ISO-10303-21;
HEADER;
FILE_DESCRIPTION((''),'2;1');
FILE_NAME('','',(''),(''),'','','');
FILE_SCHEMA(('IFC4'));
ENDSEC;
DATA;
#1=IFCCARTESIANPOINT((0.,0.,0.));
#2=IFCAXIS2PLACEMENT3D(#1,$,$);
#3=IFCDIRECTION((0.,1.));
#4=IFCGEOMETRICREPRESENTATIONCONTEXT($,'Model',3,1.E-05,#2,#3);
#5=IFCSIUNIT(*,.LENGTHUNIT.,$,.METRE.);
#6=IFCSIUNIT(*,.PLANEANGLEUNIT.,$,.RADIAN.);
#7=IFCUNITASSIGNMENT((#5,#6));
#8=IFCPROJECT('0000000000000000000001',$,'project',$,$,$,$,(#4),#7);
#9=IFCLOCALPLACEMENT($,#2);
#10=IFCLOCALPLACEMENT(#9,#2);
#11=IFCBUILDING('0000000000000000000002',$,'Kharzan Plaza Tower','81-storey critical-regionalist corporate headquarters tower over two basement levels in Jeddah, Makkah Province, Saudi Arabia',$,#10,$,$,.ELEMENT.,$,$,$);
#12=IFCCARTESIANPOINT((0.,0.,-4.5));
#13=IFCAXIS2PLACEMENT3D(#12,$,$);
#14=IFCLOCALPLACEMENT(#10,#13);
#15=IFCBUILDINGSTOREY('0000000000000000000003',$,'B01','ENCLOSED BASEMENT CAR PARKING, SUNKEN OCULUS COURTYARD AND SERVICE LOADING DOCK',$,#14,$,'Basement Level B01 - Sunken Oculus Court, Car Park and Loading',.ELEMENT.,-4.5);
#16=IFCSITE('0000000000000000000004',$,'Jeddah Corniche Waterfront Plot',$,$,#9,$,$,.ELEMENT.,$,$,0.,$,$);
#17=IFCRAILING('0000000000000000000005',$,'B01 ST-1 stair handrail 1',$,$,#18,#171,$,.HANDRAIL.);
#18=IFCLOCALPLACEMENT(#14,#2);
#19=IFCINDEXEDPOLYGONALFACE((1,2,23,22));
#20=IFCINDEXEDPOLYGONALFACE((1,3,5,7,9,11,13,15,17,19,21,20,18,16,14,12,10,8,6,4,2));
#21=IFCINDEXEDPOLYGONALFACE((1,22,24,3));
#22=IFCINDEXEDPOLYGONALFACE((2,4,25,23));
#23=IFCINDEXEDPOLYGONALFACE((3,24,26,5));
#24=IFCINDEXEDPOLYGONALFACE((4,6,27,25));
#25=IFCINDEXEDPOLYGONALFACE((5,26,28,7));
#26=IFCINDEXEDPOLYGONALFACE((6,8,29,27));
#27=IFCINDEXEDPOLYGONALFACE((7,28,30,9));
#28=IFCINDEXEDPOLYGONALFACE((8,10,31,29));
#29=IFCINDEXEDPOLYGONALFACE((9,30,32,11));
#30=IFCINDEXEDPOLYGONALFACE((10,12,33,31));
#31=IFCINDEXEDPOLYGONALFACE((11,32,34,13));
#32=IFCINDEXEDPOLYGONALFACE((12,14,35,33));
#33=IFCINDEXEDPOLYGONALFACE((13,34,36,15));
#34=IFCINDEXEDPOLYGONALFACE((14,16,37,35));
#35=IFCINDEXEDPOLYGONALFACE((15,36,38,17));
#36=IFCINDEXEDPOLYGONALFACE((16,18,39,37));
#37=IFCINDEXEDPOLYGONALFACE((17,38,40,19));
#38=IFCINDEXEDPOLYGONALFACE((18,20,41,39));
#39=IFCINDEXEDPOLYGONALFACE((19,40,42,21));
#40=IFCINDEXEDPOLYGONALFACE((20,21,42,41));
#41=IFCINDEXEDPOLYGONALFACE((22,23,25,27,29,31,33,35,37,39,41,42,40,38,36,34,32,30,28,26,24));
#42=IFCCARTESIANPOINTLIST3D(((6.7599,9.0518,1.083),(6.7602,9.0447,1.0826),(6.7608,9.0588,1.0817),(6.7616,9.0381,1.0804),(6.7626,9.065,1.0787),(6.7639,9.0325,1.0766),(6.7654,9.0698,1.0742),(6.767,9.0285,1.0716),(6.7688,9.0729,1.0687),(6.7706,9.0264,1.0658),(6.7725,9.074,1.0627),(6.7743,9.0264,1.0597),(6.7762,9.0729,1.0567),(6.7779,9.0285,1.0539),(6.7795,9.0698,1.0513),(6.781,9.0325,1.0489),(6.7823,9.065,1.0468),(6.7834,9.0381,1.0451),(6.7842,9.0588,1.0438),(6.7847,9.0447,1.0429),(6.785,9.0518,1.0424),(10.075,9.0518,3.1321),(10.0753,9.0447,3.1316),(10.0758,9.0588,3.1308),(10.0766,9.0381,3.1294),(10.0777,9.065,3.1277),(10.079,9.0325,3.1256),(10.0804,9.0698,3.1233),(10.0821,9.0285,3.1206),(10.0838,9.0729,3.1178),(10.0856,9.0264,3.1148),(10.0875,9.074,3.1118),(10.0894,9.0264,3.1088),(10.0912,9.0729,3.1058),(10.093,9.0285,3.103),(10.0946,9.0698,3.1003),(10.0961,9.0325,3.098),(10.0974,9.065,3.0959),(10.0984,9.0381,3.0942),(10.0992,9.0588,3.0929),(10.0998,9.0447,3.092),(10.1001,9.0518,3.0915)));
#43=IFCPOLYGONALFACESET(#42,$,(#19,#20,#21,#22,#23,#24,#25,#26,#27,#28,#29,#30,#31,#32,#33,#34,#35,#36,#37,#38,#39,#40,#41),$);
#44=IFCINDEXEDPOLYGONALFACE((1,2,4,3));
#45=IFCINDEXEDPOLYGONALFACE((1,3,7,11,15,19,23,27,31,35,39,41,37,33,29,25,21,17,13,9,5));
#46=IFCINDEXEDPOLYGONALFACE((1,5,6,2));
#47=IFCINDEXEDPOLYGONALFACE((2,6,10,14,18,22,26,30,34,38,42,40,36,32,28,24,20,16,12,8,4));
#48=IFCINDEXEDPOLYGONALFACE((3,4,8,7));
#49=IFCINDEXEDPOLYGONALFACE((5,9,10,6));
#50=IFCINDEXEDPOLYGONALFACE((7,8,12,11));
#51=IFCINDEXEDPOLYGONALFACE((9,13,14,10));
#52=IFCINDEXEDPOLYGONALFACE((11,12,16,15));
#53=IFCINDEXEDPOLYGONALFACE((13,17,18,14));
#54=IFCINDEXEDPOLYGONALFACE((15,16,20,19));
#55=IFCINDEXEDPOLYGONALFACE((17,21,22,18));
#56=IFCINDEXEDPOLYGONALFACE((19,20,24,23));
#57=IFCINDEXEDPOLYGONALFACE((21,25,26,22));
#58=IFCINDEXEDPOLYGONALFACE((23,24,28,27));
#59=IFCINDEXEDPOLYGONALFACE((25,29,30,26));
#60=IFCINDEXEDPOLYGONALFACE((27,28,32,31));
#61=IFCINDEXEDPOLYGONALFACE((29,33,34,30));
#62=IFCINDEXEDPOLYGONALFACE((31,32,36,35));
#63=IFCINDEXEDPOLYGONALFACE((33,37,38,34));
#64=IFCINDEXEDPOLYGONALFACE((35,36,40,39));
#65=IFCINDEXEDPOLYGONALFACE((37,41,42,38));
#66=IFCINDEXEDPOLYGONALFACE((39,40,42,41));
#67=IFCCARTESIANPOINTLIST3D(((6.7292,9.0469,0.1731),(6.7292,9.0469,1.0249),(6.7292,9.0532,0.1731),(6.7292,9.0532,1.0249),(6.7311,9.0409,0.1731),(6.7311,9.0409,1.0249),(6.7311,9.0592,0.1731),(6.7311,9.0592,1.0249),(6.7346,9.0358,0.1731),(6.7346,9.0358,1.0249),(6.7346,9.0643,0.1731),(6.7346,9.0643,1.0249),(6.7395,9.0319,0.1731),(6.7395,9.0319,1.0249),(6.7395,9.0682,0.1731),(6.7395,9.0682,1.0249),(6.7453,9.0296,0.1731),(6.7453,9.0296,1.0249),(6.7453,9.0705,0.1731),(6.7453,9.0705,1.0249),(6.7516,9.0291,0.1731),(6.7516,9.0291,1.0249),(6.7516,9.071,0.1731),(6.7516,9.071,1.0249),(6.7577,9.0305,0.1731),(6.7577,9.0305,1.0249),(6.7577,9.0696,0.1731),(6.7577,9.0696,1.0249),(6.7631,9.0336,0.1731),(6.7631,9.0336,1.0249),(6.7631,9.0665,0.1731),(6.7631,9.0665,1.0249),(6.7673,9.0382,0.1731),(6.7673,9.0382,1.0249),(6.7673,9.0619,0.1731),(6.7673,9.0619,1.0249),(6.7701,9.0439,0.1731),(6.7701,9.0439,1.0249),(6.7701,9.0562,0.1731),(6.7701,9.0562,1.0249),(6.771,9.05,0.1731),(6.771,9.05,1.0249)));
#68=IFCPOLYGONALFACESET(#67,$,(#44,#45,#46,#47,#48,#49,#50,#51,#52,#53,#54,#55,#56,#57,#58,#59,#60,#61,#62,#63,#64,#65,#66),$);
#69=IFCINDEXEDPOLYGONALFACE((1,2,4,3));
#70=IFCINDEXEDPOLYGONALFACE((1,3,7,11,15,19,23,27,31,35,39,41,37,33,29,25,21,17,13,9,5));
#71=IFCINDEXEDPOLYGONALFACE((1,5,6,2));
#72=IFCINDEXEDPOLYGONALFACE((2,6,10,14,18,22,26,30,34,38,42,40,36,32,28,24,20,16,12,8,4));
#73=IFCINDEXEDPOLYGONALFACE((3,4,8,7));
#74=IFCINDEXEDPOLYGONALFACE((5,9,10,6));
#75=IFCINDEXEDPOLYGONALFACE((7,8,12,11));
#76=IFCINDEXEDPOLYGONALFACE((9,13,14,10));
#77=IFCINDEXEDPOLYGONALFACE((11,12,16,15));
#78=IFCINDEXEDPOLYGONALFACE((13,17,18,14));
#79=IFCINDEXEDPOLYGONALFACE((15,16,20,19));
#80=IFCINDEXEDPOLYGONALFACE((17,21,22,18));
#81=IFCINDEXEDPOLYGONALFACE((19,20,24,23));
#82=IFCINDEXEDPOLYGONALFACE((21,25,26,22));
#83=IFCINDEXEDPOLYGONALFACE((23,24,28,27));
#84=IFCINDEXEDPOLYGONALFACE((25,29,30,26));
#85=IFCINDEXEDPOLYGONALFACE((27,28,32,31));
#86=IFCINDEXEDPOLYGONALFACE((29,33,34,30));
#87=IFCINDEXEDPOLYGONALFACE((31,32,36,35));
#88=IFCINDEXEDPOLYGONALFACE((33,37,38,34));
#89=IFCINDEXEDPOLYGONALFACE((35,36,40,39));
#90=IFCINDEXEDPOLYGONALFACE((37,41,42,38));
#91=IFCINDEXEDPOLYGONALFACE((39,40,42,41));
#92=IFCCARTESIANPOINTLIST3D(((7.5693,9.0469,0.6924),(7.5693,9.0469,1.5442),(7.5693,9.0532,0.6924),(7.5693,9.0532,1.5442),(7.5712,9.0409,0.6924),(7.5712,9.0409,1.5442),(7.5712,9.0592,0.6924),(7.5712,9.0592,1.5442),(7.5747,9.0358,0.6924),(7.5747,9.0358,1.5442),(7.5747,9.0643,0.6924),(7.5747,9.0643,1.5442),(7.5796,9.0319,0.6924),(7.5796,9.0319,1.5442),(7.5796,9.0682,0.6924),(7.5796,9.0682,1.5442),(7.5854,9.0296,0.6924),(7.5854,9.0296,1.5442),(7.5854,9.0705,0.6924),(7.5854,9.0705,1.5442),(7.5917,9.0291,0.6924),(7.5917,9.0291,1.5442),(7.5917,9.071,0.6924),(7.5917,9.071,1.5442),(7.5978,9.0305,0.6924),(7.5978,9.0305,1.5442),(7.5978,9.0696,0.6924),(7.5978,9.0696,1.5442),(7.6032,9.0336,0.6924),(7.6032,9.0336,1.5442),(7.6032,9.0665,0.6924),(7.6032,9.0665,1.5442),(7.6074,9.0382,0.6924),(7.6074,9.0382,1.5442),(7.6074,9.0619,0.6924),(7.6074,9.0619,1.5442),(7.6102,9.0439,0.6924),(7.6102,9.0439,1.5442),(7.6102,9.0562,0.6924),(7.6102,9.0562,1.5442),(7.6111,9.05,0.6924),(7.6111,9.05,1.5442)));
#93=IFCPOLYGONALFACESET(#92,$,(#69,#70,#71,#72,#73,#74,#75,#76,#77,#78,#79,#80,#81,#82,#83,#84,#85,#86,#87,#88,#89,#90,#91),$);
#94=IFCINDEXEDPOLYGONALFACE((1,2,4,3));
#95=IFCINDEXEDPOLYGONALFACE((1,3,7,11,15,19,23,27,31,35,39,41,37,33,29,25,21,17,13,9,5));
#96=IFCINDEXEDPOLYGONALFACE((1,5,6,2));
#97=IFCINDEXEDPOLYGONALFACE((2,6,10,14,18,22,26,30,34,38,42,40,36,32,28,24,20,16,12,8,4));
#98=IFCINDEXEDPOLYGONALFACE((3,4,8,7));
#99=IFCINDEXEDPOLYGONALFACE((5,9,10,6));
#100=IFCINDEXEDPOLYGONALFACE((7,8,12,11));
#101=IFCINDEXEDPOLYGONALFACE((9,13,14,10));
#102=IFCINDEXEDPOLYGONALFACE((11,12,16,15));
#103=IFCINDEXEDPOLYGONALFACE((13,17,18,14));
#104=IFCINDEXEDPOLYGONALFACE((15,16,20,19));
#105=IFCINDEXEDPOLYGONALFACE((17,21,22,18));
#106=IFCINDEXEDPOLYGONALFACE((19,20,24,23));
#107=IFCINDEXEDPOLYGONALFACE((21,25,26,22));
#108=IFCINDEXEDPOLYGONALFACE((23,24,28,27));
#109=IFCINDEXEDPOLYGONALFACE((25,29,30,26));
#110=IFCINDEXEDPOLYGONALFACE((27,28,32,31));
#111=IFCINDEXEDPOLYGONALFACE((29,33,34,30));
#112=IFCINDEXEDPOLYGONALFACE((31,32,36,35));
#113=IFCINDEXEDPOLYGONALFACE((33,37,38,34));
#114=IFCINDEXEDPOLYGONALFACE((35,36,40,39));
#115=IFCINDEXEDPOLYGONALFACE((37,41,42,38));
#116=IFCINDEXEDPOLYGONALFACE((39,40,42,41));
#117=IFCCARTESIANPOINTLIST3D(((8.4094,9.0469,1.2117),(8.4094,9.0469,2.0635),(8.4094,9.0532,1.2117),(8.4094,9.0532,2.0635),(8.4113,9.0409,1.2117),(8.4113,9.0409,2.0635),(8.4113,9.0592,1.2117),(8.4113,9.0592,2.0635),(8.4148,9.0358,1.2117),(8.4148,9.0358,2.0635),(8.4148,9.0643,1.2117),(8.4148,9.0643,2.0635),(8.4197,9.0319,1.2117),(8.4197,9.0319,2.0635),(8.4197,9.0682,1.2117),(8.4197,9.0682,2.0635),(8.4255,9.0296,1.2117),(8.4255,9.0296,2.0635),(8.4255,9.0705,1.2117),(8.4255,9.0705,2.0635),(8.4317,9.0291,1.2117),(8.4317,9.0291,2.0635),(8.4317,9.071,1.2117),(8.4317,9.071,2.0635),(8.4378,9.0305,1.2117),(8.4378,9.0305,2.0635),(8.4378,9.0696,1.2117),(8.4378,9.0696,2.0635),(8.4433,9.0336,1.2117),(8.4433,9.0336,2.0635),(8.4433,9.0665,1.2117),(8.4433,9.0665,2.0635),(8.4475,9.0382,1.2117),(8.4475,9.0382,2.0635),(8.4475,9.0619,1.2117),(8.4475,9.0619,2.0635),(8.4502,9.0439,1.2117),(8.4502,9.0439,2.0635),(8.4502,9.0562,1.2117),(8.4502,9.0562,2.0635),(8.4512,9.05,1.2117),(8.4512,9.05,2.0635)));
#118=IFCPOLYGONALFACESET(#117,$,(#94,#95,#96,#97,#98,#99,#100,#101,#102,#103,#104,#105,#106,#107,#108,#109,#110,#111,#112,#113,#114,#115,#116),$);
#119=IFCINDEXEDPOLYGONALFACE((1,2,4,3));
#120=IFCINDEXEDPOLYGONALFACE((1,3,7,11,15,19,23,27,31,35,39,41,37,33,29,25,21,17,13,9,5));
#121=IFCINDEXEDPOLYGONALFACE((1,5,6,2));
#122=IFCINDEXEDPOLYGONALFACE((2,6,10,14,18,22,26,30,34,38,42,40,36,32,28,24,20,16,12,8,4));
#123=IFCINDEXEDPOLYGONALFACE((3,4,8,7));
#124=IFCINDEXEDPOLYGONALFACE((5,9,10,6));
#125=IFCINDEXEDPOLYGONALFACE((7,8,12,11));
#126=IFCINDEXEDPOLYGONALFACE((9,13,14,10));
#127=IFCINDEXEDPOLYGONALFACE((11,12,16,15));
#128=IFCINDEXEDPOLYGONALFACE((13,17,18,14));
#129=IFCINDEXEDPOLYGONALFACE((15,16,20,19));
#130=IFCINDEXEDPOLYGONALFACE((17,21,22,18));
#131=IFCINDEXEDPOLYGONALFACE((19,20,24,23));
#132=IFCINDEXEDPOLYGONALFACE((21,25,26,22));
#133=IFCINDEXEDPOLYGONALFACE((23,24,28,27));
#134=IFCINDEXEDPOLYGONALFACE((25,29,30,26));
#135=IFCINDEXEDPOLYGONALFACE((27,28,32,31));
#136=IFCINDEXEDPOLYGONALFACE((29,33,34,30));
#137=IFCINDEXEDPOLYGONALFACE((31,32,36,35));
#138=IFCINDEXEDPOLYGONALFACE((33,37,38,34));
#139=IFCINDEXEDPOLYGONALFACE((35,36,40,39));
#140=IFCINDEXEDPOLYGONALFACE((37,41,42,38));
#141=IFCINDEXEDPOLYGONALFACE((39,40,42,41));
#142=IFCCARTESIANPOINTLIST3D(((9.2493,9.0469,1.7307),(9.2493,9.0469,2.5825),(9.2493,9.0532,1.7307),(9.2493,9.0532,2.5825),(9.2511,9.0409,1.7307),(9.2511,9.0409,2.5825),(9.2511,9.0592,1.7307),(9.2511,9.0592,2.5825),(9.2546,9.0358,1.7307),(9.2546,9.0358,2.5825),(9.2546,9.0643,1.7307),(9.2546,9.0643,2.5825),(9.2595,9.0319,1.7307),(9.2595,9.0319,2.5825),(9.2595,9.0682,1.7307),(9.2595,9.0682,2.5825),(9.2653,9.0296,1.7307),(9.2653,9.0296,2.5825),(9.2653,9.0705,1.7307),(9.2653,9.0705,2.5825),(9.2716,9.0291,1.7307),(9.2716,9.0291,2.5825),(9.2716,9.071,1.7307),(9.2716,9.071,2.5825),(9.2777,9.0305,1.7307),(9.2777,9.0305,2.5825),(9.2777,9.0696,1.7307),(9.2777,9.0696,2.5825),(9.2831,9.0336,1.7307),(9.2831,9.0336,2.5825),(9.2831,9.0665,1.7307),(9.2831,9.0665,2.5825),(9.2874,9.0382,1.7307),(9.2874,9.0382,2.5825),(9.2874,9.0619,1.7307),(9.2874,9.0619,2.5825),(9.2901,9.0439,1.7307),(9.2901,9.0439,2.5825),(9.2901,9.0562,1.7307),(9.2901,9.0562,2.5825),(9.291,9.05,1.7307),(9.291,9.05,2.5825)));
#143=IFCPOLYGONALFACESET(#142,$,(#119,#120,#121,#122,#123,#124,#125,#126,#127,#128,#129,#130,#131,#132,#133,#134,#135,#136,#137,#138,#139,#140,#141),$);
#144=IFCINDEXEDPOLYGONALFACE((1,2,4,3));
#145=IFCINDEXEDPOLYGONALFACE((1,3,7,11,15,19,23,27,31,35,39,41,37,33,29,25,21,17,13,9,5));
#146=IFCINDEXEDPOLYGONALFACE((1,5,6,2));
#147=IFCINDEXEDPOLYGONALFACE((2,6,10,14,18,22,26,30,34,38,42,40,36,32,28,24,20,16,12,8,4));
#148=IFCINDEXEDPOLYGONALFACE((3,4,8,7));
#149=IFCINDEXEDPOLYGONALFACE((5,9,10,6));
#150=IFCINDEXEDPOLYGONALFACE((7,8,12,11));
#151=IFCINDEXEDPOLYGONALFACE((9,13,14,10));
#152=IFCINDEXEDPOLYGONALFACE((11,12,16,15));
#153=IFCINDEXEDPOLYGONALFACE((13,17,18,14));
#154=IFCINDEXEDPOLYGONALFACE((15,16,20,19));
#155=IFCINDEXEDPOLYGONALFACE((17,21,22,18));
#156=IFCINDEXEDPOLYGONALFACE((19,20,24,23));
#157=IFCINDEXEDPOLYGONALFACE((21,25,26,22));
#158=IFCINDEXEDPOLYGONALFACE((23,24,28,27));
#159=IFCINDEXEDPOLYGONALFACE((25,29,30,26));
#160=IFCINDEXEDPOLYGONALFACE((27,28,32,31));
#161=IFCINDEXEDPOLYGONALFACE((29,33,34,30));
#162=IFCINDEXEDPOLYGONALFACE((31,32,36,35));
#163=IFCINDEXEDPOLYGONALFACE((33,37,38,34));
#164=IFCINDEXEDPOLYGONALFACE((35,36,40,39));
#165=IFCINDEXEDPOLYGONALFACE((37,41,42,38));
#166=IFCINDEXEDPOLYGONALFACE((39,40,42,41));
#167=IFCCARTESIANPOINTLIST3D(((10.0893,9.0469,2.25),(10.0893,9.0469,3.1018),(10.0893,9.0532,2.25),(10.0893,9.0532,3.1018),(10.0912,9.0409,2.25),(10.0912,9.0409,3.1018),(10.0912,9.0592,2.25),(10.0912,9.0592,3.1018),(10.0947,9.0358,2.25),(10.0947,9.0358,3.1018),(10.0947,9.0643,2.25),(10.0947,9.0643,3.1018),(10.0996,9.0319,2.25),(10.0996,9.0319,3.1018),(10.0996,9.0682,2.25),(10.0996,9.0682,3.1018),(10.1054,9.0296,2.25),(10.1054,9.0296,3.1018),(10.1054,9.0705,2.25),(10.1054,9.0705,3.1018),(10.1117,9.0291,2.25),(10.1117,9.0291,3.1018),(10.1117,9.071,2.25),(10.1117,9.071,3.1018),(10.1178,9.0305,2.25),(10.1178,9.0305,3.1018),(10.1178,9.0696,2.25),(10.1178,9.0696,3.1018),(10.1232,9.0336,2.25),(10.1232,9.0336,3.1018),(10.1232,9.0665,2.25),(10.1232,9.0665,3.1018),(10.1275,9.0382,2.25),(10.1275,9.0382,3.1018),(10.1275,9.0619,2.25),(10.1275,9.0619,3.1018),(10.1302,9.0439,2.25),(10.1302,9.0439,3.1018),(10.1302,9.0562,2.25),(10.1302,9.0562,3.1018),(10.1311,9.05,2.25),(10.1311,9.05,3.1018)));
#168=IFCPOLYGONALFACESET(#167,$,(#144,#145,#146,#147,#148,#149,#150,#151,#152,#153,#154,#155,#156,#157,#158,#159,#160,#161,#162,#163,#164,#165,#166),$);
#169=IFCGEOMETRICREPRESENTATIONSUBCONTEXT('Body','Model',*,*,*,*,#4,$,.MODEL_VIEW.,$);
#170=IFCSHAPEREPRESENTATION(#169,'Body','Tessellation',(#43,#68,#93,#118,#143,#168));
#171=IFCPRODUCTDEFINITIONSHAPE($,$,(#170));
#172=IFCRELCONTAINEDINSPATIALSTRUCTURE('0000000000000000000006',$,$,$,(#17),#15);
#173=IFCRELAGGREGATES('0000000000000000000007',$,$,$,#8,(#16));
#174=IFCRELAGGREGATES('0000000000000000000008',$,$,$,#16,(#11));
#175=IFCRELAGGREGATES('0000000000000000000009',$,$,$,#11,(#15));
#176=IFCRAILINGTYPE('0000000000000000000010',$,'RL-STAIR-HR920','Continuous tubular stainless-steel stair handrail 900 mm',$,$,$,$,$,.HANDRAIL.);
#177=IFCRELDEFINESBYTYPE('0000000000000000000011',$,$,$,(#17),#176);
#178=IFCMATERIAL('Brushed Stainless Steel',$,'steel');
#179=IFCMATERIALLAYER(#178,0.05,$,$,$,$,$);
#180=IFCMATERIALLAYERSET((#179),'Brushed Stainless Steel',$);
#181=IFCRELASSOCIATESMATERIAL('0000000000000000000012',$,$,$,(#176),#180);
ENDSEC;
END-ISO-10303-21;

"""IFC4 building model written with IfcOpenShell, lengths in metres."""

from ifc_helpers import new_model, si_unit, direction, frame, origin, origin_2d, place, context, subcontext, project, spatial, circle, extrude, source, transform, mapped, material, layer, layer_set, type_object, element, save


model = new_model("IFC4")

# Units and contexts
model_context = context("Model", 3, precision=1e-05, world=origin(), true_north=direction((0.0, 1.0)))
body_context = subcontext(model_context, "Body", "Model", "MODEL_VIEW")
ifc_project = project(units=[si_unit("LENGTHUNIT", "METRE"), si_unit("PLANEANGLEUNIT", "RADIAN")], contexts=[model_context])

# Site, building, storey
site_placement = place(None, origin())
site = spatial("IfcSite", under=ifc_project, at=site_placement, Name="Jeddah Corniche Waterfront Plot", CompositionType="ELEMENT", RefElevation=0.0)
building_placement = place(site_placement, origin())
building = spatial("IfcBuilding", under=site, at=building_placement, Name="Kharzan Plaza Tower", Description="81-storey critical-regionalist corporate headquarters tower over two basement levels in Jeddah, Makkah Province, Saudi Arabia", CompositionType="ELEMENT")
storey_placement = place(building_placement, frame((0.0, 0.0, -4.5)))
storey = spatial("IfcBuildingStorey", under=building, at=storey_placement, Name="B01", Description="ENCLOSED BASEMENT CAR PARKING, SUNKEN OCULUS COURTYARD AND SERVICE LOADING DOCK", LongName="Basement Level B01 - Sunken Oculus Court, Car Park and Loading", CompositionType="ELEMENT", Elevation=-4.5)

# Shared definitions
ifc_material_1 = material(Name="Brushed Stainless Steel", Category="steel")

# Railing
ifc_layer_1 = layer(ifc_material_1, 0.05)
ifc_layer_set_1 = layer_set([ifc_layer_1], Name="Brushed Stainless Steel")
railing_type_1 = type_object("IfcRailingType", Name="RL-STAIR-HR920", Description="Continuous tubular stainless-steel stair handrail 900 mm", PredefinedType="HANDRAIL", material=ifc_layer_set_1)
shared_shape_1 = source(origin(), body_context, "Body", "SweptSolid", [
    extrude(circle(Radius=0.0239, at=origin_2d()), frame((0.0225, 0.0, 0.8896), z_axis=(0.850623, 0.0, 0.525776), x_axis=(0.0, 1.0, 0.0)), (0.0, 0.0, 1.0), 3.8972),
    extrude(circle(Radius=0.021, at=origin_2d()), origin(), (0.0, 0.0, 1.0), 0.8518),
    extrude(circle(Radius=0.021, at=origin_2d()), frame((0.8401, 0.0, 0.5193)), (0.0, 0.0, 1.0), 0.8518),
    extrude(circle(Radius=0.021, at=origin_2d()), frame((1.6802, 0.0, 1.0386)), (0.0, 0.0, 1.0), 0.8518),
    extrude(circle(Radius=0.021, at=origin_2d()), frame((2.52, 0.0, 1.5576)), (0.0, 0.0, 1.0), 0.8518),
    extrude(circle(Radius=0.021, at=origin_2d()), frame((3.3601, 0.0, 2.0769)), (0.0, 0.0, 1.0), 0.8518),
])
railing_1_placement = place(storey_placement, frame((6.75, 9.05, 0.1731)))
element("IfcRailing", 1, at=railing_1_placement, inside=storey, type_object=railing_type_1, Name="B01 ST-1 stair handrail 1", PredefinedType="HANDRAIL", context=body_context, shape_type="MappedRepresentation", body=[
    mapped(shared_shape_1, transform((0.0, 0.0, 0.0), x_axis=(1.0, 0.0, 0.0), y_axis=(0.0, 1.0, 0.0), z_axis=(0.0, 0.0, 1.0))),
])

save(model, "model.ifc")
